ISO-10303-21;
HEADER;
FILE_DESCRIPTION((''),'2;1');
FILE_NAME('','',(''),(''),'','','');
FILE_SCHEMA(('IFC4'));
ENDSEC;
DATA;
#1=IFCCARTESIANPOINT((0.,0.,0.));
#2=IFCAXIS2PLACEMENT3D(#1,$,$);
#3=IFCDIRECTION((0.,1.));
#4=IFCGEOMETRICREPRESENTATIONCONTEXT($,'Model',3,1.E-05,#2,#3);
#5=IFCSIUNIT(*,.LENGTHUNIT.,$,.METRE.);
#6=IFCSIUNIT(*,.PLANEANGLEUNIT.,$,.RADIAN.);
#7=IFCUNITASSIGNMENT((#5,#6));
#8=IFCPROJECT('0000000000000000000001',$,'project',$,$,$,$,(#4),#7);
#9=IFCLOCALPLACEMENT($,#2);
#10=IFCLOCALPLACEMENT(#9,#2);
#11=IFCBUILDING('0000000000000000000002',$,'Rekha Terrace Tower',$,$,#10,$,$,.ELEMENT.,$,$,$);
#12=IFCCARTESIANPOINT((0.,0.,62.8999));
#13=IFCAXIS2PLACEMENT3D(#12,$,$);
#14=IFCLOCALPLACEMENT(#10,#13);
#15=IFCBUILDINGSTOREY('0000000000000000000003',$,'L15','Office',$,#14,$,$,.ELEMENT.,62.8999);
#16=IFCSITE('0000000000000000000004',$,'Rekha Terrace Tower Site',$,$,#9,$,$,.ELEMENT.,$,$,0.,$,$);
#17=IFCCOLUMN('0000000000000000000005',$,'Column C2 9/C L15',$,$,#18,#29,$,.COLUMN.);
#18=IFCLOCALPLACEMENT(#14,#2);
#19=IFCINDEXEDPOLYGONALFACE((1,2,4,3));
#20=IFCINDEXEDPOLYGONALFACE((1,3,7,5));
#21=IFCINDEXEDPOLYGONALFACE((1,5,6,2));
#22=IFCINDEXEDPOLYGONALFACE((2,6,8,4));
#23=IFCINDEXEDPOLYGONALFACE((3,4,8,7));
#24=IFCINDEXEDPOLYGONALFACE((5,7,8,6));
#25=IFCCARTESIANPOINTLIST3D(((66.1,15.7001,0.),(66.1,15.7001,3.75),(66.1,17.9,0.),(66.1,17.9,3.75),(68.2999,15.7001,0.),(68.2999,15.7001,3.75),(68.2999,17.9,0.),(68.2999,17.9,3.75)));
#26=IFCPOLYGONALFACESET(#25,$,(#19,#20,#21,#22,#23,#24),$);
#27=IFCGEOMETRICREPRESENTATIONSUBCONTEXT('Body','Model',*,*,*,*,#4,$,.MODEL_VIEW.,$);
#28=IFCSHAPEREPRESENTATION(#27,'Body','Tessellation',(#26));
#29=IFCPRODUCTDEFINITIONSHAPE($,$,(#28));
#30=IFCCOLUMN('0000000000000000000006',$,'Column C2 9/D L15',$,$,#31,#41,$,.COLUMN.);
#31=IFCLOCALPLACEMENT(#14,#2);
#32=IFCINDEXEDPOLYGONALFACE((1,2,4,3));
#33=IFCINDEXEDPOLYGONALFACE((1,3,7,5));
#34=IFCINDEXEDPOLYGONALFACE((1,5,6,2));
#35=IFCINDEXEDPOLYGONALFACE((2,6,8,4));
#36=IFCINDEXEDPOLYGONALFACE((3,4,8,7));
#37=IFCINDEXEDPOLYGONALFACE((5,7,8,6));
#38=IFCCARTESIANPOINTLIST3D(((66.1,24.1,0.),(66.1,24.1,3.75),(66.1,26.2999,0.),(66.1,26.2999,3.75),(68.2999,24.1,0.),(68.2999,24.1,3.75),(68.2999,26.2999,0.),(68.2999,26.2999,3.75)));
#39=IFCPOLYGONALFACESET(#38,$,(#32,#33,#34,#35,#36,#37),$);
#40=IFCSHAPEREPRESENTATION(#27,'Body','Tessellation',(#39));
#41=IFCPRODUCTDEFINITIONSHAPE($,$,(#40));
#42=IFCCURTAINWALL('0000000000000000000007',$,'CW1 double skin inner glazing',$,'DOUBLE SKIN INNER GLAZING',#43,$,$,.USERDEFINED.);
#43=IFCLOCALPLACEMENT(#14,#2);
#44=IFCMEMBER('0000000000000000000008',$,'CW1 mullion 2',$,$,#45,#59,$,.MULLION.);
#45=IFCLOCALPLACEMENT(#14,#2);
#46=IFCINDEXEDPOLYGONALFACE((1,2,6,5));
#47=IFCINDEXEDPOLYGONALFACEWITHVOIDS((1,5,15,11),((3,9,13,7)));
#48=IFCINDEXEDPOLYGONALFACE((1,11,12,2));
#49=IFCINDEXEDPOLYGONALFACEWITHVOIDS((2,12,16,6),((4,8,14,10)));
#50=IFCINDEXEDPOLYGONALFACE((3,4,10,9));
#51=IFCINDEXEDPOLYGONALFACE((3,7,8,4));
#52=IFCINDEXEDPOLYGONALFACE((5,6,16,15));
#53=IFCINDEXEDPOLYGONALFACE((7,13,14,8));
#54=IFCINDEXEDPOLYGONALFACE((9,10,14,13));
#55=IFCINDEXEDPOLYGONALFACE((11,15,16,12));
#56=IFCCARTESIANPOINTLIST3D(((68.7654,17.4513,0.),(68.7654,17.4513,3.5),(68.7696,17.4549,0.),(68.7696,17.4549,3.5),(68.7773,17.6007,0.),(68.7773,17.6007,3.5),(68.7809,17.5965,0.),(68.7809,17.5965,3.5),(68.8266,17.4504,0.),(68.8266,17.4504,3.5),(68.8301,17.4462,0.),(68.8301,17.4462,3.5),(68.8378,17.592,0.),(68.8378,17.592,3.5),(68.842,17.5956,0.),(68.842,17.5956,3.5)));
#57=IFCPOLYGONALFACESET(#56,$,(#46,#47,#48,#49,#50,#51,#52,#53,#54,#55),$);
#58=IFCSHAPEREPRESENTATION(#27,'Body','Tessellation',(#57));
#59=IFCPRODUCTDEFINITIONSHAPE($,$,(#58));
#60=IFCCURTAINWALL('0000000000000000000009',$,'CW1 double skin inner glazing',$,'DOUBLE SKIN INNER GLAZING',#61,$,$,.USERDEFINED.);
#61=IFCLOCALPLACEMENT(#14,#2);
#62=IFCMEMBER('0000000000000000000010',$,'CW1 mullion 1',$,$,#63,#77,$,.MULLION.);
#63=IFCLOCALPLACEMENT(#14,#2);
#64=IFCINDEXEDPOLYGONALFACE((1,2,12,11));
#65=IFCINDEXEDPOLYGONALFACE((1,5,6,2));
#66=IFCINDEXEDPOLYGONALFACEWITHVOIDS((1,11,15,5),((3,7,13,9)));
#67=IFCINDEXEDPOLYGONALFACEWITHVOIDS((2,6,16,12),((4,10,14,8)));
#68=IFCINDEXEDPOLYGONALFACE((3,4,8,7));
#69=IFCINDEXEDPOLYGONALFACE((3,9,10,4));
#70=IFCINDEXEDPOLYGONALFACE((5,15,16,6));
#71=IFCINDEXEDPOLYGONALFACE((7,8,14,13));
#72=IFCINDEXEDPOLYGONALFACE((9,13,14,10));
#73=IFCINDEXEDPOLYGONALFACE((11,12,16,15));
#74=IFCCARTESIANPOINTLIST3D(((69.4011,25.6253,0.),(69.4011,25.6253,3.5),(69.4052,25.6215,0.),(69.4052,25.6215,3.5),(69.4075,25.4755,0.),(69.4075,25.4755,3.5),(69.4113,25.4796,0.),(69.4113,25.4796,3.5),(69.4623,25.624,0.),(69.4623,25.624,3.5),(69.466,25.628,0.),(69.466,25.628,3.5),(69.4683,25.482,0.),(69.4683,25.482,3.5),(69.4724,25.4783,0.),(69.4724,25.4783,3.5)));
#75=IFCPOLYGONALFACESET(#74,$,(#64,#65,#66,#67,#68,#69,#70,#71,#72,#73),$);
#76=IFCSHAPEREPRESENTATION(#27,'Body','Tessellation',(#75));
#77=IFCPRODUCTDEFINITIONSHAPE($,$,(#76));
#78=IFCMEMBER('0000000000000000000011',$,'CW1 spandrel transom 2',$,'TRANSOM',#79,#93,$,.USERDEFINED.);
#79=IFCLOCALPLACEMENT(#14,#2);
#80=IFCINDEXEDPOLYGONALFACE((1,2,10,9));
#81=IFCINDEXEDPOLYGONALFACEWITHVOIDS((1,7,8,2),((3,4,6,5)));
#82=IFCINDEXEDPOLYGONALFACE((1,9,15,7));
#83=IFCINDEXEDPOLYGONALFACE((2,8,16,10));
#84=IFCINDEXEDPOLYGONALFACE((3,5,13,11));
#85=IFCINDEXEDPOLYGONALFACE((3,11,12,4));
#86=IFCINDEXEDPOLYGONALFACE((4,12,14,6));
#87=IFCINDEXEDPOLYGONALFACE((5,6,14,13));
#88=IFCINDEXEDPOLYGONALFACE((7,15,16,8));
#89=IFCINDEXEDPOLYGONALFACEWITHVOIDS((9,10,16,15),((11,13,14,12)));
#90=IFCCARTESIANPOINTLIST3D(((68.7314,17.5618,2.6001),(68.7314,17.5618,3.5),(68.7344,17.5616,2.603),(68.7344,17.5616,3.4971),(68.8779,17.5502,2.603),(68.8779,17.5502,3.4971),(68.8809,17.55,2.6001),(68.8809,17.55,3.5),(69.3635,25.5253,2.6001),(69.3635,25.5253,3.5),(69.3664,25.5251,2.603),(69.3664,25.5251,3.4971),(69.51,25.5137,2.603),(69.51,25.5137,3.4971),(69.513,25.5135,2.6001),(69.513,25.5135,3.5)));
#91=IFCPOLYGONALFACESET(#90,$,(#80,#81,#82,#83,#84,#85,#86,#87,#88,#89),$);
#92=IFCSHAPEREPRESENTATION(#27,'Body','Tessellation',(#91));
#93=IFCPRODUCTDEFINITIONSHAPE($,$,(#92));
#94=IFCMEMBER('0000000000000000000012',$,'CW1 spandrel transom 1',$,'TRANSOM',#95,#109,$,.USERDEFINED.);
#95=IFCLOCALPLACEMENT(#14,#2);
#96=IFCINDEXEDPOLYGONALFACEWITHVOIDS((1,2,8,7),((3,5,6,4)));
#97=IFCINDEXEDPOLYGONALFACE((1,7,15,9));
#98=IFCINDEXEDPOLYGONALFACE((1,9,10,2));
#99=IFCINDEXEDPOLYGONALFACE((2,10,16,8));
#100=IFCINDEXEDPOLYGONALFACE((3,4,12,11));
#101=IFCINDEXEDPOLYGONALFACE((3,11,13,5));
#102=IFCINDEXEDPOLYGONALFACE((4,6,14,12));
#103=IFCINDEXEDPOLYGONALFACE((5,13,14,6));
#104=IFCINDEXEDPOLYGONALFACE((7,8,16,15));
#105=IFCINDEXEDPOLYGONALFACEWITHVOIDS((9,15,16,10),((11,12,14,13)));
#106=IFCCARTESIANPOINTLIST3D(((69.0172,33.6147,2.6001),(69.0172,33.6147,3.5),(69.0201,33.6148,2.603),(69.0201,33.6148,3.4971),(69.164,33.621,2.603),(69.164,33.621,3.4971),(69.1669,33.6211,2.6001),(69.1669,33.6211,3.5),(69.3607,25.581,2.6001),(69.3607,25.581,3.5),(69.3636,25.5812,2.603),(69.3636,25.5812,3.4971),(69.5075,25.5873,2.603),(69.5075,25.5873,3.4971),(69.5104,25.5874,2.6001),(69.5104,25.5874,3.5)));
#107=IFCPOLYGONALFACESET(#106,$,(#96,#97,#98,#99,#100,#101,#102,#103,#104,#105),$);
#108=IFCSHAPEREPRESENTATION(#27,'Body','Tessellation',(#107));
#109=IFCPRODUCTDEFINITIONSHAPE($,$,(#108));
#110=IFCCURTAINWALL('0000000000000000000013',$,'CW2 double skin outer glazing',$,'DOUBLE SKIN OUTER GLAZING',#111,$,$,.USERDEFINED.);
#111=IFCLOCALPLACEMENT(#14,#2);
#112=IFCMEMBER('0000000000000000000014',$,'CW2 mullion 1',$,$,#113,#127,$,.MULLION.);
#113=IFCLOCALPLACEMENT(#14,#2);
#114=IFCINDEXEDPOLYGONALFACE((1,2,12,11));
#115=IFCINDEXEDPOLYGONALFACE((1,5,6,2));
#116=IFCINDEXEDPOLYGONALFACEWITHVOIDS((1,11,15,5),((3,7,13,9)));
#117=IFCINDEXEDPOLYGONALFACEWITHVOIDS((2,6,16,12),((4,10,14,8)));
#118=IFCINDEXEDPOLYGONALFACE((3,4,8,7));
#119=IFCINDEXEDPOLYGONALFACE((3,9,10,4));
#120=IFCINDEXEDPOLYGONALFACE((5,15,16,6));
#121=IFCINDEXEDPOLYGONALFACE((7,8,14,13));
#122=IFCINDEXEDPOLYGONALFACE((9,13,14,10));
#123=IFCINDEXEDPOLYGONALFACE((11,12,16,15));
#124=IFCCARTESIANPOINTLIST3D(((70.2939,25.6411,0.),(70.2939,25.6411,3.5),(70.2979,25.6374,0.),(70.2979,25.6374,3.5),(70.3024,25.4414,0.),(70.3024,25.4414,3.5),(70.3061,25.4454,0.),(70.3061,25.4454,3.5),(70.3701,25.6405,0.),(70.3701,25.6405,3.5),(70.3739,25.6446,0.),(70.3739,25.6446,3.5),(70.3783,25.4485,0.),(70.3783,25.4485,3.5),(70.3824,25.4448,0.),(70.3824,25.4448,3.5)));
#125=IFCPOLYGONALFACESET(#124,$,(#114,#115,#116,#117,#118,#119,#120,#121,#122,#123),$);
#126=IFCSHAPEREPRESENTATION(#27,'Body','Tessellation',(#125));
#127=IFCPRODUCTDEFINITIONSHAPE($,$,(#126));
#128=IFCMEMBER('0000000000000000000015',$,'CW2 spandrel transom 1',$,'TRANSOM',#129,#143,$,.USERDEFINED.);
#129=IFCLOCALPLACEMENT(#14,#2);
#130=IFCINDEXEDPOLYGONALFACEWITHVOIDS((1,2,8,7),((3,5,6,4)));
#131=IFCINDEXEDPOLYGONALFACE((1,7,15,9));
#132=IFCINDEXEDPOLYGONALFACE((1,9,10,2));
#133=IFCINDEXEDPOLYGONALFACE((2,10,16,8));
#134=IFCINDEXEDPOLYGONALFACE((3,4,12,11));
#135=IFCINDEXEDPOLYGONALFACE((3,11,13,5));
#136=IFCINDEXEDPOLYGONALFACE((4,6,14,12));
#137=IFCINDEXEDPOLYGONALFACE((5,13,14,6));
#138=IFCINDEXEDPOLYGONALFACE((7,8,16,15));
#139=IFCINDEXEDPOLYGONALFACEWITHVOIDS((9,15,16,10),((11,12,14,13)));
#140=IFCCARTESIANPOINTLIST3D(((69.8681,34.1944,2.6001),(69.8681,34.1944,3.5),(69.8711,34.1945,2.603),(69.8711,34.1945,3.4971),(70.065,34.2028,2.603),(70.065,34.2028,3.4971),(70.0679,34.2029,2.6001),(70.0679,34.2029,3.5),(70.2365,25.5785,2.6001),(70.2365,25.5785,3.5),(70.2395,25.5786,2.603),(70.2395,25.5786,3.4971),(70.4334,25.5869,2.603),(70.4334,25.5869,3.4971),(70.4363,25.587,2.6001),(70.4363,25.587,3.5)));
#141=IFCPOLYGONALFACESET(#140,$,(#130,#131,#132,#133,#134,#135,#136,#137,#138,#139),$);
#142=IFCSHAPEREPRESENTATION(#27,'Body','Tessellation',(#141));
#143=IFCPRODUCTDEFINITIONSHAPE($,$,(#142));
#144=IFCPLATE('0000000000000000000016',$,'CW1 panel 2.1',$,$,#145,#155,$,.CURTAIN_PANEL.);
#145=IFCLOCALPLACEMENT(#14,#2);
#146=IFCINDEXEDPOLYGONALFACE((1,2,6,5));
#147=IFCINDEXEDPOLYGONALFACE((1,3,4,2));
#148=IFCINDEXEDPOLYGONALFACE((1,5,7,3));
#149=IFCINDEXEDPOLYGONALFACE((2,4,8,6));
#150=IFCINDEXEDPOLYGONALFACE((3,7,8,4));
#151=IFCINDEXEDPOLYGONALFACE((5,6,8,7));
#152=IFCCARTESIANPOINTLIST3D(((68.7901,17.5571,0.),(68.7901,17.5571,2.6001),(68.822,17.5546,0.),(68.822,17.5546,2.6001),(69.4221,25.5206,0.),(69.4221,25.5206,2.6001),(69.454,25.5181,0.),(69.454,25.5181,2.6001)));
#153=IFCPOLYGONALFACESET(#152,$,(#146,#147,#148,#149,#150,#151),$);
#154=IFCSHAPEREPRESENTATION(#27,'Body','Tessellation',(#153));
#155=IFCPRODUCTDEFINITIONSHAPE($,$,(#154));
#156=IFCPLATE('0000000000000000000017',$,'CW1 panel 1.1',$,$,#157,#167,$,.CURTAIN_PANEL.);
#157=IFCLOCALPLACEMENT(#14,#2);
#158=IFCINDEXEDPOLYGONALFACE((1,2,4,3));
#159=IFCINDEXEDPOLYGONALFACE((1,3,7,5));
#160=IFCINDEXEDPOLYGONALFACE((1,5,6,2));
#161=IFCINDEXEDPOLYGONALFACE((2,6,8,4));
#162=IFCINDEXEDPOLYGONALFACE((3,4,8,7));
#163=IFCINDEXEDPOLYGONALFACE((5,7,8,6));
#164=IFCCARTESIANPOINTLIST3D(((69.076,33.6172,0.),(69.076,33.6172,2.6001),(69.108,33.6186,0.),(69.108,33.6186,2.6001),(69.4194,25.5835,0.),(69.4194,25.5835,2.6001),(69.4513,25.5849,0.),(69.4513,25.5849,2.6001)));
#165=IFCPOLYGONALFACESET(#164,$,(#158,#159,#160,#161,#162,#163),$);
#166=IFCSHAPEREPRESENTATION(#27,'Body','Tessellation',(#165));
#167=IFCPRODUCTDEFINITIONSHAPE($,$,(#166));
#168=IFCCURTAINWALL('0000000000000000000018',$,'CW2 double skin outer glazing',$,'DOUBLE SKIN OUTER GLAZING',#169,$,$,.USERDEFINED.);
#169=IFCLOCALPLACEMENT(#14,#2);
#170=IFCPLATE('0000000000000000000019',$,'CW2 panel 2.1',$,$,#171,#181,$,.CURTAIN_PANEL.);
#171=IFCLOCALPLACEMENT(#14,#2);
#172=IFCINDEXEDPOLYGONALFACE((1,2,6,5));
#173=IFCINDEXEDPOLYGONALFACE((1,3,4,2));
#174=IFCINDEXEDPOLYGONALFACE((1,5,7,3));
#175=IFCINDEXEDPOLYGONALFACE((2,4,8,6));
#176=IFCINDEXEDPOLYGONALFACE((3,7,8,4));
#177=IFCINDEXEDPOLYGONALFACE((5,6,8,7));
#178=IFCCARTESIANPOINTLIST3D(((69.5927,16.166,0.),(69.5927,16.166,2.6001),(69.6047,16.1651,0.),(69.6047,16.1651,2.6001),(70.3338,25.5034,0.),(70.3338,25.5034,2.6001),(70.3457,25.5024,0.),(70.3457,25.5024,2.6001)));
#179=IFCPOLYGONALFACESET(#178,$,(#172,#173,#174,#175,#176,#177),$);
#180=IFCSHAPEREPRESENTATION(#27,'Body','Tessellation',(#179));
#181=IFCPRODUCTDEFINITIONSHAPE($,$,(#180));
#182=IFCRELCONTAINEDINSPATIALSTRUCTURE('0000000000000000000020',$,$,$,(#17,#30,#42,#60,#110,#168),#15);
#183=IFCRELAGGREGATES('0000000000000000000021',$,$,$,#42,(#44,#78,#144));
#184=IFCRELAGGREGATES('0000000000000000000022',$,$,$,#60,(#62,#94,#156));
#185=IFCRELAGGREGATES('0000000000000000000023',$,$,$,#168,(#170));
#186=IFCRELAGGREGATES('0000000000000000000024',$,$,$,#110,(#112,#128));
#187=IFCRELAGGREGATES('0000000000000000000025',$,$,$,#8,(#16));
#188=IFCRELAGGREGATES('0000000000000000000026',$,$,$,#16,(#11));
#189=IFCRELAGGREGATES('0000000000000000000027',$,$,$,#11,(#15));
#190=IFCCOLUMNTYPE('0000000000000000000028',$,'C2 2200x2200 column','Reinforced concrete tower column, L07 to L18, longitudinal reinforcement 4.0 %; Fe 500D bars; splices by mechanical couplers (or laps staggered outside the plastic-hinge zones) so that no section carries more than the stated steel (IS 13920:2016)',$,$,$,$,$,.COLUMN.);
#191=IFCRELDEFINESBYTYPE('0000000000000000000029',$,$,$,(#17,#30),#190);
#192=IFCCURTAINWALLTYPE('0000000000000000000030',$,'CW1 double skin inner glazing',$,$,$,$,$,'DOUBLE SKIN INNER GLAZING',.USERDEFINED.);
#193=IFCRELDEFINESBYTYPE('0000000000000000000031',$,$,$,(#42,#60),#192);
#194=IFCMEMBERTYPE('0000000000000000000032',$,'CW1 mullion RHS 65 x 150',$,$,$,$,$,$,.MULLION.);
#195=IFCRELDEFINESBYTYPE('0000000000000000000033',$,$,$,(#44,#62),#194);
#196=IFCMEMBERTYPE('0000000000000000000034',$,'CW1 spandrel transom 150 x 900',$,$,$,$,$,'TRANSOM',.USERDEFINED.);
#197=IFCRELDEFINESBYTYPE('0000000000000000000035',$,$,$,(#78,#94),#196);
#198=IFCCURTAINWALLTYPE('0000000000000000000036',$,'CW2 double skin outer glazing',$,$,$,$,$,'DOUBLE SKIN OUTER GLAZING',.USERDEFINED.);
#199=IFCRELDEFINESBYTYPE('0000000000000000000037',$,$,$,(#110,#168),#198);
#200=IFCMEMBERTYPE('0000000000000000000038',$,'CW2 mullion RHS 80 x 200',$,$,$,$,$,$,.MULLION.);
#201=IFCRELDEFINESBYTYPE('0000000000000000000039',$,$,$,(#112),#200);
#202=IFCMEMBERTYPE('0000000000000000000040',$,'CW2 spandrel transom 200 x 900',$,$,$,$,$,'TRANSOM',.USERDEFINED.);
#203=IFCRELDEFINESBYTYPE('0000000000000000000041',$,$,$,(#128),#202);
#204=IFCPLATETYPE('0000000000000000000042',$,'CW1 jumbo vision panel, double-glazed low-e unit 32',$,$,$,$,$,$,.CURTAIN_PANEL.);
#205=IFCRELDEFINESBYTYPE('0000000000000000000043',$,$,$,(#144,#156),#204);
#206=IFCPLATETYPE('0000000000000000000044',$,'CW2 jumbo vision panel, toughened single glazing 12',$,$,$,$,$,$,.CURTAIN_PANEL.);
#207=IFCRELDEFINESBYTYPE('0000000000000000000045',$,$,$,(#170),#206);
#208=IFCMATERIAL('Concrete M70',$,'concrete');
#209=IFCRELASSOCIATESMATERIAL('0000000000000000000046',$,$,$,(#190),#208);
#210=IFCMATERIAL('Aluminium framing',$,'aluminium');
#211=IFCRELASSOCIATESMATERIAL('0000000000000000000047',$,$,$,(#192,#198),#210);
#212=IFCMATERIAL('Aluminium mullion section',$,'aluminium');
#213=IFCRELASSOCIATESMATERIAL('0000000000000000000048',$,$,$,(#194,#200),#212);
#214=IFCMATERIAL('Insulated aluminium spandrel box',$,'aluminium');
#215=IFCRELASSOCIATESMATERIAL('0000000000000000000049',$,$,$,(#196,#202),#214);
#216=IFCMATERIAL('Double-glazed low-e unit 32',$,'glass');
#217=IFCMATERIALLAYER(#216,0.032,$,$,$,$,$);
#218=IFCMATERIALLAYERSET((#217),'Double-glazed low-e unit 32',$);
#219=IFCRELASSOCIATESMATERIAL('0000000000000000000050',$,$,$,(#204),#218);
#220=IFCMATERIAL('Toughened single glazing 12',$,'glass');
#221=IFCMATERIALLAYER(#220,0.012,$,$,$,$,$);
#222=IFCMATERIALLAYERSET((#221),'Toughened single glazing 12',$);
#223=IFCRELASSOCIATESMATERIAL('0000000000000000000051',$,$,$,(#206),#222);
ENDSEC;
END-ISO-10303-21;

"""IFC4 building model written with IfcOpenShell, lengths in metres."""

from ifc_helpers import new_model, si_unit, direction, frame, origin, origin_2d, place, context, subcontext, project, spatial, rectangle, hollow_rectangle, extrude, material, layer, layer_set, material_profile, profile_set, type_object, element, aggregate, save


model = new_model("IFC4")

# Units and contexts
model_context = context("Model", 3, precision=1e-05, world=origin(), true_north=direction((0.0, 1.0)))
body_context = subcontext(model_context, "Body", "Model", "MODEL_VIEW")
ifc_project = project(units=[si_unit("LENGTHUNIT", "METRE"), si_unit("PLANEANGLEUNIT", "RADIAN")], contexts=[model_context])

# Site, building, storey
site_placement = place(None, origin())
site = spatial("IfcSite", under=ifc_project, at=site_placement, Name="Rekha Terrace Tower Site", CompositionType="ELEMENT", RefElevation=0.0)
building_placement = place(site_placement, origin())
building = spatial("IfcBuilding", under=site, at=building_placement, Name="Rekha Terrace Tower", CompositionType="ELEMENT")
storey_placement = place(building_placement, frame((0.0, 0.0, 62.8999)))
storey = spatial("IfcBuildingStorey", under=building, at=storey_placement, Name="L15", Description="Office", CompositionType="ELEMENT", Elevation=62.8999)

# Columns
ifc_material_1 = material(Name="Concrete M70", Category="concrete")
ifc_material_profile_1 = material_profile(ifc_material_1, rectangle(XDim=2.2, YDim=2.2, at=origin_2d()), Name="RC 2200x2200")
ifc_profile_set_1 = profile_set([ifc_material_profile_1], Name="Concrete M70")
column_type = type_object("IfcColumnType", Name="C2 2200x2200 column", Description="Reinforced concrete tower column, L07 to L18, longitudinal reinforcement 4.0 %; Fe 500D bars; splices by mechanical couplers (or laps staggered outside the plastic-hinge zones) so that no section carries more than the stated steel (IS 13920:2016)", PredefinedType="COLUMN", material=ifc_profile_set_1)
for number, where, z_axis, x_axis, name in (
    (1, (67.2, 16.8, 0.0), (0.0, 0.0, 1.0), (1.0, 0.0, 0.0), "Column C2 9/C L15"),
    (2, (67.2, 25.2, 0.0), (0.0, 0.0, 1.0), (1.0, 0.0, 0.0), "Column C2 9/D L15"),
):
    element("IfcColumn", number, at=place(storey_placement, frame(where, z_axis=z_axis, x_axis=x_axis)), inside=storey, type_object=column_type, Name=name, PredefinedType="COLUMN", context=body_context, shape_type="SweptSolid", body=[
        extrude(rectangle(XDim=2.2, YDim=2.2, at=origin_2d()), origin(), (0.0, 0.0, 1.0), 3.75),
    ])

# Curtain walls, members
ifc_material_2 = material(Name="Aluminium framing", Category="aluminium")
curtain_wall_type_1 = type_object("IfcCurtainWallType", Name="CW1 double skin inner glazing", ElementType="DOUBLE SKIN INNER GLAZING", PredefinedType="USERDEFINED", material=ifc_material_2)
curtain_wall_1_placement = place(storey_placement, origin())
curtain_wall_1 = element("IfcCurtainWall", 3, at=curtain_wall_1_placement, inside=storey, type_object=curtain_wall_type_1, Name="CW1 double skin inner glazing", ObjectType="DOUBLE SKIN INNER GLAZING", PredefinedType="USERDEFINED")
ifc_material_3 = material(Name="Aluminium mullion section", Category="aluminium")
ifc_material_profile_2 = material_profile(ifc_material_3, hollow_rectangle(XDim=0.0649, YDim=0.1499, WallThickness=0.0039, at=origin_2d()), Name="AL RHS 65x150")
ifc_profile_set_2 = profile_set([ifc_material_profile_2], Name="Aluminium mullion section")
member_type_1 = type_object("IfcMemberType", Name="CW1 mullion RHS 65 x 150", PredefinedType="MULLION", material=ifc_profile_set_2)
member_1_placement = place(storey_placement, frame((68.8037, 17.5234, 0.0), z_axis=(0.0, 0.0, 1.0), x_axis=(-0.996865, 0.079116, 0.0)))
member_1 = element("IfcMember", 4, at=member_1_placement, type_object=member_type_1, Name="CW1 mullion 2", PredefinedType="MULLION", context=body_context, shape_type="SweptSolid", body=[
    extrude(hollow_rectangle(XDim=0.0649, YDim=0.1499, WallThickness=0.0039, at=origin_2d()), origin(), (0.0, 0.0, 1.0), 3.5),
])
curtain_wall_2_placement = place(storey_placement, origin())
curtain_wall_2 = element("IfcCurtainWall", 5, at=curtain_wall_2_placement, inside=storey, type_object=curtain_wall_type_1, Name="CW1 double skin inner glazing", ObjectType="DOUBLE SKIN INNER GLAZING", PredefinedType="USERDEFINED")
member_2_placement = place(storey_placement, frame((69.4368, 25.5518, 0.0), z_axis=(0.0, 0.0, 1.0), x_axis=(-0.999088, -0.042696, 0.0)))
member_2 = element("IfcMember", 6, at=member_2_placement, type_object=member_type_1, Name="CW1 mullion 1", PredefinedType="MULLION", context=body_context, shape_type="SweptSolid", body=[
    extrude(hollow_rectangle(XDim=0.0649, YDim=0.1499, WallThickness=0.0039, at=origin_2d()), origin(), (0.0, 0.0, 1.0), 3.5),
])

# Members
ifc_material_4 = material(Name="Insulated aluminium spandrel box", Category="aluminium")
ifc_material_profile_3 = material_profile(ifc_material_4, hollow_rectangle(XDim=0.1499, YDim=0.8999, WallThickness=0.0029, at=origin_2d()), Name="AL SPANDREL BOX 150x900")
ifc_profile_set_3 = profile_set([ifc_material_profile_3], Name="Insulated aluminium spandrel box")
member_type_2 = type_object("IfcMemberType", Name="CW1 spandrel transom 150 x 900", ElementType="TRANSOM", PredefinedType="USERDEFINED", material=ifc_profile_set_3)
member_3_placement = place(storey_placement, frame((68.8062, 17.5559, 3.05), z_axis=(0.079124, 0.996865, 0.0), x_axis=(-0.996865, 0.079124, 0.0)))
member_3 = element("IfcMember", 7, at=member_3_placement, type_object=member_type_2, Name="CW1 spandrel transom 2", ObjectType="TRANSOM", PredefinedType="USERDEFINED", context=body_context, shape_type="SweptSolid", body=[
    extrude(hollow_rectangle(XDim=0.1499, YDim=0.8999, WallThickness=0.0029, at=origin_2d()), origin(), (0.0, 0.0, 1.0), 7.9885),
])
member_4_placement = place(storey_placement, frame((69.4355, 25.5842, 3.05), z_axis=(-0.042719, 0.999087, 0.0), x_axis=(-0.999087, -0.042719, 0.0)))
member_4 = element("IfcMember", 8, at=member_4_placement, type_object=member_type_2, Name="CW1 spandrel transom 1", ObjectType="TRANSOM", PredefinedType="USERDEFINED", context=body_context, shape_type="SweptSolid", body=[
    extrude(hollow_rectangle(XDim=0.1499, YDim=0.8999, WallThickness=0.0029, at=origin_2d()), origin(), (0.0, 0.0, 1.0), 8.041),
])

# Curtain wall, members
curtain_wall_type_2 = type_object("IfcCurtainWallType", Name="CW2 double skin outer glazing", ElementType="DOUBLE SKIN OUTER GLAZING", PredefinedType="USERDEFINED", material=ifc_material_2)
curtain_wall_3_placement = place(storey_placement, origin())
curtain_wall_3 = element("IfcCurtainWall", 9, at=curtain_wall_3_placement, inside=storey, type_object=curtain_wall_type_2, Name="CW2 double skin outer glazing", ObjectType="DOUBLE SKIN OUTER GLAZING", PredefinedType="USERDEFINED")
ifc_material_profile_4 = material_profile(ifc_material_3, hollow_rectangle(XDim=0.0801, YDim=0.2, WallThickness=0.0039, at=origin_2d()), Name="AL RHS 80x200")
ifc_profile_set_4 = profile_set([ifc_material_profile_4], Name="Aluminium mullion section")
member_type_3 = type_object("IfcMemberType", Name="CW2 mullion RHS 80 x 200", PredefinedType="MULLION", material=ifc_profile_set_4)
member_5_placement = place(storey_placement, frame((70.3381, 25.543, 0.0), z_axis=(0.0, 0.0, 1.0), x_axis=(-0.999088, -0.042696, 0.0)))
member_5 = element("IfcMember", 10, at=member_5_placement, type_object=member_type_3, Name="CW2 mullion 1", PredefinedType="MULLION", context=body_context, shape_type="SweptSolid", body=[
    extrude(hollow_rectangle(XDim=0.0801, YDim=0.2, WallThickness=0.0039, at=origin_2d()), origin(), (0.0, 0.0, 1.0), 3.5),
])
ifc_material_profile_5 = material_profile(ifc_material_4, hollow_rectangle(XDim=0.2, YDim=0.8999, WallThickness=0.0029, at=origin_2d()), Name="AL SPANDREL BOX 200x900")
ifc_profile_set_5 = profile_set([ifc_material_profile_5], Name="Insulated aluminium spandrel box")
member_type_4 = type_object("IfcMemberType", Name="CW2 spandrel transom 200 x 900", ElementType="TRANSOM", PredefinedType="USERDEFINED", material=ifc_profile_set_5)
member_6_placement = place(storey_placement, frame((70.3364, 25.5828, 3.05), z_axis=(-0.04272, 0.999087, 0.0), x_axis=(-0.999087, -0.04272, 0.0)))
member_6 = element("IfcMember", 11, at=member_6_placement, type_object=member_type_4, Name="CW2 spandrel transom 1", ObjectType="TRANSOM", PredefinedType="USERDEFINED", context=body_context, shape_type="SweptSolid", body=[
    extrude(hollow_rectangle(XDim=0.2, YDim=0.8999, WallThickness=0.0029, at=origin_2d()), origin(), (0.0, 0.0, 1.0), 8.6238),
])

# Plates
ifc_material_5 = material(Name="Double-glazed low-e unit 32", Category="glass")
ifc_layer_1 = layer(ifc_material_5, 0.032)
ifc_layer_set_1 = layer_set([ifc_layer_1], Name="Double-glazed low-e unit 32")
plate_type_1 = type_object("IfcPlateType", Name="CW1 jumbo vision panel, double-glazed low-e unit 32", PredefinedType="CURTAIN_PANEL", material=ifc_layer_set_1)
plate_1_placement = place(storey_placement, frame((69.1221, 21.5376, 0.0), z_axis=(0.0, 0.0, 1.0), x_axis=(0.079116, 0.996865, 0.0)))
plate_1 = element("IfcPlate", 12, at=plate_1_placement, type_object=plate_type_1, Name="CW1 panel 2.1", PredefinedType="CURTAIN_PANEL", context=body_context, shape_type="SweptSolid", body=[
    extrude(rectangle(XDim=7.9885, YDim=0.032, at=origin_2d()), origin(), (0.0, 0.0, 1.0), 2.6001),
])
aggregate(curtain_wall_1, [member_1, member_3, plate_1])
plate_2_placement = place(storey_placement, frame((69.2637, 29.6011, 0.0), z_axis=(0.0, 0.0, 1.0), x_axis=(-0.042696, 0.999088, 0.0)))
plate_2 = element("IfcPlate", 13, at=plate_2_placement, type_object=plate_type_1, Name="CW1 panel 1.1", PredefinedType="CURTAIN_PANEL", context=body_context, shape_type="SweptSolid", body=[
    extrude(rectangle(XDim=8.041, YDim=0.032, at=origin_2d()), origin(), (0.0, 0.0, 1.0), 2.6001),
])
aggregate(curtain_wall_2, [member_2, member_4, plate_2])

# Curtain wall, plate
curtain_wall_4_placement = place(storey_placement, origin())
curtain_wall_4 = element("IfcCurtainWall", 14, at=curtain_wall_4_placement, inside=storey, type_object=curtain_wall_type_2, Name="CW2 double skin outer glazing", ObjectType="DOUBLE SKIN OUTER GLAZING", PredefinedType="USERDEFINED")
ifc_material_6 = material(Name="Toughened single glazing 12", Category="glass")
ifc_layer_2 = layer(ifc_material_6, 0.012)
ifc_layer_set_2 = layer_set([ifc_layer_2], Name="Toughened single glazing 12")
plate_type_2 = type_object("IfcPlateType", Name="CW2 jumbo vision panel, toughened single glazing 12", PredefinedType="CURTAIN_PANEL", material=ifc_layer_set_2)
plate_3_placement = place(storey_placement, frame((69.9692, 20.8342, 0.0), z_axis=(0.0, 0.0, 1.0), x_axis=(0.079116, 0.996865, 0.0)))
plate_3 = element("IfcPlate", 15, at=plate_3_placement, type_object=plate_type_2, Name="CW2 panel 2.1", PredefinedType="CURTAIN_PANEL", context=body_context, shape_type="SweptSolid", body=[
    extrude(rectangle(XDim=9.3667, YDim=0.012, at=origin_2d()), origin(), (0.0, 0.0, 1.0), 2.6001),
])
aggregate(curtain_wall_4, [plate_3])

aggregate(curtain_wall_3, [member_5, member_6])

save(model, "model.ifc")
